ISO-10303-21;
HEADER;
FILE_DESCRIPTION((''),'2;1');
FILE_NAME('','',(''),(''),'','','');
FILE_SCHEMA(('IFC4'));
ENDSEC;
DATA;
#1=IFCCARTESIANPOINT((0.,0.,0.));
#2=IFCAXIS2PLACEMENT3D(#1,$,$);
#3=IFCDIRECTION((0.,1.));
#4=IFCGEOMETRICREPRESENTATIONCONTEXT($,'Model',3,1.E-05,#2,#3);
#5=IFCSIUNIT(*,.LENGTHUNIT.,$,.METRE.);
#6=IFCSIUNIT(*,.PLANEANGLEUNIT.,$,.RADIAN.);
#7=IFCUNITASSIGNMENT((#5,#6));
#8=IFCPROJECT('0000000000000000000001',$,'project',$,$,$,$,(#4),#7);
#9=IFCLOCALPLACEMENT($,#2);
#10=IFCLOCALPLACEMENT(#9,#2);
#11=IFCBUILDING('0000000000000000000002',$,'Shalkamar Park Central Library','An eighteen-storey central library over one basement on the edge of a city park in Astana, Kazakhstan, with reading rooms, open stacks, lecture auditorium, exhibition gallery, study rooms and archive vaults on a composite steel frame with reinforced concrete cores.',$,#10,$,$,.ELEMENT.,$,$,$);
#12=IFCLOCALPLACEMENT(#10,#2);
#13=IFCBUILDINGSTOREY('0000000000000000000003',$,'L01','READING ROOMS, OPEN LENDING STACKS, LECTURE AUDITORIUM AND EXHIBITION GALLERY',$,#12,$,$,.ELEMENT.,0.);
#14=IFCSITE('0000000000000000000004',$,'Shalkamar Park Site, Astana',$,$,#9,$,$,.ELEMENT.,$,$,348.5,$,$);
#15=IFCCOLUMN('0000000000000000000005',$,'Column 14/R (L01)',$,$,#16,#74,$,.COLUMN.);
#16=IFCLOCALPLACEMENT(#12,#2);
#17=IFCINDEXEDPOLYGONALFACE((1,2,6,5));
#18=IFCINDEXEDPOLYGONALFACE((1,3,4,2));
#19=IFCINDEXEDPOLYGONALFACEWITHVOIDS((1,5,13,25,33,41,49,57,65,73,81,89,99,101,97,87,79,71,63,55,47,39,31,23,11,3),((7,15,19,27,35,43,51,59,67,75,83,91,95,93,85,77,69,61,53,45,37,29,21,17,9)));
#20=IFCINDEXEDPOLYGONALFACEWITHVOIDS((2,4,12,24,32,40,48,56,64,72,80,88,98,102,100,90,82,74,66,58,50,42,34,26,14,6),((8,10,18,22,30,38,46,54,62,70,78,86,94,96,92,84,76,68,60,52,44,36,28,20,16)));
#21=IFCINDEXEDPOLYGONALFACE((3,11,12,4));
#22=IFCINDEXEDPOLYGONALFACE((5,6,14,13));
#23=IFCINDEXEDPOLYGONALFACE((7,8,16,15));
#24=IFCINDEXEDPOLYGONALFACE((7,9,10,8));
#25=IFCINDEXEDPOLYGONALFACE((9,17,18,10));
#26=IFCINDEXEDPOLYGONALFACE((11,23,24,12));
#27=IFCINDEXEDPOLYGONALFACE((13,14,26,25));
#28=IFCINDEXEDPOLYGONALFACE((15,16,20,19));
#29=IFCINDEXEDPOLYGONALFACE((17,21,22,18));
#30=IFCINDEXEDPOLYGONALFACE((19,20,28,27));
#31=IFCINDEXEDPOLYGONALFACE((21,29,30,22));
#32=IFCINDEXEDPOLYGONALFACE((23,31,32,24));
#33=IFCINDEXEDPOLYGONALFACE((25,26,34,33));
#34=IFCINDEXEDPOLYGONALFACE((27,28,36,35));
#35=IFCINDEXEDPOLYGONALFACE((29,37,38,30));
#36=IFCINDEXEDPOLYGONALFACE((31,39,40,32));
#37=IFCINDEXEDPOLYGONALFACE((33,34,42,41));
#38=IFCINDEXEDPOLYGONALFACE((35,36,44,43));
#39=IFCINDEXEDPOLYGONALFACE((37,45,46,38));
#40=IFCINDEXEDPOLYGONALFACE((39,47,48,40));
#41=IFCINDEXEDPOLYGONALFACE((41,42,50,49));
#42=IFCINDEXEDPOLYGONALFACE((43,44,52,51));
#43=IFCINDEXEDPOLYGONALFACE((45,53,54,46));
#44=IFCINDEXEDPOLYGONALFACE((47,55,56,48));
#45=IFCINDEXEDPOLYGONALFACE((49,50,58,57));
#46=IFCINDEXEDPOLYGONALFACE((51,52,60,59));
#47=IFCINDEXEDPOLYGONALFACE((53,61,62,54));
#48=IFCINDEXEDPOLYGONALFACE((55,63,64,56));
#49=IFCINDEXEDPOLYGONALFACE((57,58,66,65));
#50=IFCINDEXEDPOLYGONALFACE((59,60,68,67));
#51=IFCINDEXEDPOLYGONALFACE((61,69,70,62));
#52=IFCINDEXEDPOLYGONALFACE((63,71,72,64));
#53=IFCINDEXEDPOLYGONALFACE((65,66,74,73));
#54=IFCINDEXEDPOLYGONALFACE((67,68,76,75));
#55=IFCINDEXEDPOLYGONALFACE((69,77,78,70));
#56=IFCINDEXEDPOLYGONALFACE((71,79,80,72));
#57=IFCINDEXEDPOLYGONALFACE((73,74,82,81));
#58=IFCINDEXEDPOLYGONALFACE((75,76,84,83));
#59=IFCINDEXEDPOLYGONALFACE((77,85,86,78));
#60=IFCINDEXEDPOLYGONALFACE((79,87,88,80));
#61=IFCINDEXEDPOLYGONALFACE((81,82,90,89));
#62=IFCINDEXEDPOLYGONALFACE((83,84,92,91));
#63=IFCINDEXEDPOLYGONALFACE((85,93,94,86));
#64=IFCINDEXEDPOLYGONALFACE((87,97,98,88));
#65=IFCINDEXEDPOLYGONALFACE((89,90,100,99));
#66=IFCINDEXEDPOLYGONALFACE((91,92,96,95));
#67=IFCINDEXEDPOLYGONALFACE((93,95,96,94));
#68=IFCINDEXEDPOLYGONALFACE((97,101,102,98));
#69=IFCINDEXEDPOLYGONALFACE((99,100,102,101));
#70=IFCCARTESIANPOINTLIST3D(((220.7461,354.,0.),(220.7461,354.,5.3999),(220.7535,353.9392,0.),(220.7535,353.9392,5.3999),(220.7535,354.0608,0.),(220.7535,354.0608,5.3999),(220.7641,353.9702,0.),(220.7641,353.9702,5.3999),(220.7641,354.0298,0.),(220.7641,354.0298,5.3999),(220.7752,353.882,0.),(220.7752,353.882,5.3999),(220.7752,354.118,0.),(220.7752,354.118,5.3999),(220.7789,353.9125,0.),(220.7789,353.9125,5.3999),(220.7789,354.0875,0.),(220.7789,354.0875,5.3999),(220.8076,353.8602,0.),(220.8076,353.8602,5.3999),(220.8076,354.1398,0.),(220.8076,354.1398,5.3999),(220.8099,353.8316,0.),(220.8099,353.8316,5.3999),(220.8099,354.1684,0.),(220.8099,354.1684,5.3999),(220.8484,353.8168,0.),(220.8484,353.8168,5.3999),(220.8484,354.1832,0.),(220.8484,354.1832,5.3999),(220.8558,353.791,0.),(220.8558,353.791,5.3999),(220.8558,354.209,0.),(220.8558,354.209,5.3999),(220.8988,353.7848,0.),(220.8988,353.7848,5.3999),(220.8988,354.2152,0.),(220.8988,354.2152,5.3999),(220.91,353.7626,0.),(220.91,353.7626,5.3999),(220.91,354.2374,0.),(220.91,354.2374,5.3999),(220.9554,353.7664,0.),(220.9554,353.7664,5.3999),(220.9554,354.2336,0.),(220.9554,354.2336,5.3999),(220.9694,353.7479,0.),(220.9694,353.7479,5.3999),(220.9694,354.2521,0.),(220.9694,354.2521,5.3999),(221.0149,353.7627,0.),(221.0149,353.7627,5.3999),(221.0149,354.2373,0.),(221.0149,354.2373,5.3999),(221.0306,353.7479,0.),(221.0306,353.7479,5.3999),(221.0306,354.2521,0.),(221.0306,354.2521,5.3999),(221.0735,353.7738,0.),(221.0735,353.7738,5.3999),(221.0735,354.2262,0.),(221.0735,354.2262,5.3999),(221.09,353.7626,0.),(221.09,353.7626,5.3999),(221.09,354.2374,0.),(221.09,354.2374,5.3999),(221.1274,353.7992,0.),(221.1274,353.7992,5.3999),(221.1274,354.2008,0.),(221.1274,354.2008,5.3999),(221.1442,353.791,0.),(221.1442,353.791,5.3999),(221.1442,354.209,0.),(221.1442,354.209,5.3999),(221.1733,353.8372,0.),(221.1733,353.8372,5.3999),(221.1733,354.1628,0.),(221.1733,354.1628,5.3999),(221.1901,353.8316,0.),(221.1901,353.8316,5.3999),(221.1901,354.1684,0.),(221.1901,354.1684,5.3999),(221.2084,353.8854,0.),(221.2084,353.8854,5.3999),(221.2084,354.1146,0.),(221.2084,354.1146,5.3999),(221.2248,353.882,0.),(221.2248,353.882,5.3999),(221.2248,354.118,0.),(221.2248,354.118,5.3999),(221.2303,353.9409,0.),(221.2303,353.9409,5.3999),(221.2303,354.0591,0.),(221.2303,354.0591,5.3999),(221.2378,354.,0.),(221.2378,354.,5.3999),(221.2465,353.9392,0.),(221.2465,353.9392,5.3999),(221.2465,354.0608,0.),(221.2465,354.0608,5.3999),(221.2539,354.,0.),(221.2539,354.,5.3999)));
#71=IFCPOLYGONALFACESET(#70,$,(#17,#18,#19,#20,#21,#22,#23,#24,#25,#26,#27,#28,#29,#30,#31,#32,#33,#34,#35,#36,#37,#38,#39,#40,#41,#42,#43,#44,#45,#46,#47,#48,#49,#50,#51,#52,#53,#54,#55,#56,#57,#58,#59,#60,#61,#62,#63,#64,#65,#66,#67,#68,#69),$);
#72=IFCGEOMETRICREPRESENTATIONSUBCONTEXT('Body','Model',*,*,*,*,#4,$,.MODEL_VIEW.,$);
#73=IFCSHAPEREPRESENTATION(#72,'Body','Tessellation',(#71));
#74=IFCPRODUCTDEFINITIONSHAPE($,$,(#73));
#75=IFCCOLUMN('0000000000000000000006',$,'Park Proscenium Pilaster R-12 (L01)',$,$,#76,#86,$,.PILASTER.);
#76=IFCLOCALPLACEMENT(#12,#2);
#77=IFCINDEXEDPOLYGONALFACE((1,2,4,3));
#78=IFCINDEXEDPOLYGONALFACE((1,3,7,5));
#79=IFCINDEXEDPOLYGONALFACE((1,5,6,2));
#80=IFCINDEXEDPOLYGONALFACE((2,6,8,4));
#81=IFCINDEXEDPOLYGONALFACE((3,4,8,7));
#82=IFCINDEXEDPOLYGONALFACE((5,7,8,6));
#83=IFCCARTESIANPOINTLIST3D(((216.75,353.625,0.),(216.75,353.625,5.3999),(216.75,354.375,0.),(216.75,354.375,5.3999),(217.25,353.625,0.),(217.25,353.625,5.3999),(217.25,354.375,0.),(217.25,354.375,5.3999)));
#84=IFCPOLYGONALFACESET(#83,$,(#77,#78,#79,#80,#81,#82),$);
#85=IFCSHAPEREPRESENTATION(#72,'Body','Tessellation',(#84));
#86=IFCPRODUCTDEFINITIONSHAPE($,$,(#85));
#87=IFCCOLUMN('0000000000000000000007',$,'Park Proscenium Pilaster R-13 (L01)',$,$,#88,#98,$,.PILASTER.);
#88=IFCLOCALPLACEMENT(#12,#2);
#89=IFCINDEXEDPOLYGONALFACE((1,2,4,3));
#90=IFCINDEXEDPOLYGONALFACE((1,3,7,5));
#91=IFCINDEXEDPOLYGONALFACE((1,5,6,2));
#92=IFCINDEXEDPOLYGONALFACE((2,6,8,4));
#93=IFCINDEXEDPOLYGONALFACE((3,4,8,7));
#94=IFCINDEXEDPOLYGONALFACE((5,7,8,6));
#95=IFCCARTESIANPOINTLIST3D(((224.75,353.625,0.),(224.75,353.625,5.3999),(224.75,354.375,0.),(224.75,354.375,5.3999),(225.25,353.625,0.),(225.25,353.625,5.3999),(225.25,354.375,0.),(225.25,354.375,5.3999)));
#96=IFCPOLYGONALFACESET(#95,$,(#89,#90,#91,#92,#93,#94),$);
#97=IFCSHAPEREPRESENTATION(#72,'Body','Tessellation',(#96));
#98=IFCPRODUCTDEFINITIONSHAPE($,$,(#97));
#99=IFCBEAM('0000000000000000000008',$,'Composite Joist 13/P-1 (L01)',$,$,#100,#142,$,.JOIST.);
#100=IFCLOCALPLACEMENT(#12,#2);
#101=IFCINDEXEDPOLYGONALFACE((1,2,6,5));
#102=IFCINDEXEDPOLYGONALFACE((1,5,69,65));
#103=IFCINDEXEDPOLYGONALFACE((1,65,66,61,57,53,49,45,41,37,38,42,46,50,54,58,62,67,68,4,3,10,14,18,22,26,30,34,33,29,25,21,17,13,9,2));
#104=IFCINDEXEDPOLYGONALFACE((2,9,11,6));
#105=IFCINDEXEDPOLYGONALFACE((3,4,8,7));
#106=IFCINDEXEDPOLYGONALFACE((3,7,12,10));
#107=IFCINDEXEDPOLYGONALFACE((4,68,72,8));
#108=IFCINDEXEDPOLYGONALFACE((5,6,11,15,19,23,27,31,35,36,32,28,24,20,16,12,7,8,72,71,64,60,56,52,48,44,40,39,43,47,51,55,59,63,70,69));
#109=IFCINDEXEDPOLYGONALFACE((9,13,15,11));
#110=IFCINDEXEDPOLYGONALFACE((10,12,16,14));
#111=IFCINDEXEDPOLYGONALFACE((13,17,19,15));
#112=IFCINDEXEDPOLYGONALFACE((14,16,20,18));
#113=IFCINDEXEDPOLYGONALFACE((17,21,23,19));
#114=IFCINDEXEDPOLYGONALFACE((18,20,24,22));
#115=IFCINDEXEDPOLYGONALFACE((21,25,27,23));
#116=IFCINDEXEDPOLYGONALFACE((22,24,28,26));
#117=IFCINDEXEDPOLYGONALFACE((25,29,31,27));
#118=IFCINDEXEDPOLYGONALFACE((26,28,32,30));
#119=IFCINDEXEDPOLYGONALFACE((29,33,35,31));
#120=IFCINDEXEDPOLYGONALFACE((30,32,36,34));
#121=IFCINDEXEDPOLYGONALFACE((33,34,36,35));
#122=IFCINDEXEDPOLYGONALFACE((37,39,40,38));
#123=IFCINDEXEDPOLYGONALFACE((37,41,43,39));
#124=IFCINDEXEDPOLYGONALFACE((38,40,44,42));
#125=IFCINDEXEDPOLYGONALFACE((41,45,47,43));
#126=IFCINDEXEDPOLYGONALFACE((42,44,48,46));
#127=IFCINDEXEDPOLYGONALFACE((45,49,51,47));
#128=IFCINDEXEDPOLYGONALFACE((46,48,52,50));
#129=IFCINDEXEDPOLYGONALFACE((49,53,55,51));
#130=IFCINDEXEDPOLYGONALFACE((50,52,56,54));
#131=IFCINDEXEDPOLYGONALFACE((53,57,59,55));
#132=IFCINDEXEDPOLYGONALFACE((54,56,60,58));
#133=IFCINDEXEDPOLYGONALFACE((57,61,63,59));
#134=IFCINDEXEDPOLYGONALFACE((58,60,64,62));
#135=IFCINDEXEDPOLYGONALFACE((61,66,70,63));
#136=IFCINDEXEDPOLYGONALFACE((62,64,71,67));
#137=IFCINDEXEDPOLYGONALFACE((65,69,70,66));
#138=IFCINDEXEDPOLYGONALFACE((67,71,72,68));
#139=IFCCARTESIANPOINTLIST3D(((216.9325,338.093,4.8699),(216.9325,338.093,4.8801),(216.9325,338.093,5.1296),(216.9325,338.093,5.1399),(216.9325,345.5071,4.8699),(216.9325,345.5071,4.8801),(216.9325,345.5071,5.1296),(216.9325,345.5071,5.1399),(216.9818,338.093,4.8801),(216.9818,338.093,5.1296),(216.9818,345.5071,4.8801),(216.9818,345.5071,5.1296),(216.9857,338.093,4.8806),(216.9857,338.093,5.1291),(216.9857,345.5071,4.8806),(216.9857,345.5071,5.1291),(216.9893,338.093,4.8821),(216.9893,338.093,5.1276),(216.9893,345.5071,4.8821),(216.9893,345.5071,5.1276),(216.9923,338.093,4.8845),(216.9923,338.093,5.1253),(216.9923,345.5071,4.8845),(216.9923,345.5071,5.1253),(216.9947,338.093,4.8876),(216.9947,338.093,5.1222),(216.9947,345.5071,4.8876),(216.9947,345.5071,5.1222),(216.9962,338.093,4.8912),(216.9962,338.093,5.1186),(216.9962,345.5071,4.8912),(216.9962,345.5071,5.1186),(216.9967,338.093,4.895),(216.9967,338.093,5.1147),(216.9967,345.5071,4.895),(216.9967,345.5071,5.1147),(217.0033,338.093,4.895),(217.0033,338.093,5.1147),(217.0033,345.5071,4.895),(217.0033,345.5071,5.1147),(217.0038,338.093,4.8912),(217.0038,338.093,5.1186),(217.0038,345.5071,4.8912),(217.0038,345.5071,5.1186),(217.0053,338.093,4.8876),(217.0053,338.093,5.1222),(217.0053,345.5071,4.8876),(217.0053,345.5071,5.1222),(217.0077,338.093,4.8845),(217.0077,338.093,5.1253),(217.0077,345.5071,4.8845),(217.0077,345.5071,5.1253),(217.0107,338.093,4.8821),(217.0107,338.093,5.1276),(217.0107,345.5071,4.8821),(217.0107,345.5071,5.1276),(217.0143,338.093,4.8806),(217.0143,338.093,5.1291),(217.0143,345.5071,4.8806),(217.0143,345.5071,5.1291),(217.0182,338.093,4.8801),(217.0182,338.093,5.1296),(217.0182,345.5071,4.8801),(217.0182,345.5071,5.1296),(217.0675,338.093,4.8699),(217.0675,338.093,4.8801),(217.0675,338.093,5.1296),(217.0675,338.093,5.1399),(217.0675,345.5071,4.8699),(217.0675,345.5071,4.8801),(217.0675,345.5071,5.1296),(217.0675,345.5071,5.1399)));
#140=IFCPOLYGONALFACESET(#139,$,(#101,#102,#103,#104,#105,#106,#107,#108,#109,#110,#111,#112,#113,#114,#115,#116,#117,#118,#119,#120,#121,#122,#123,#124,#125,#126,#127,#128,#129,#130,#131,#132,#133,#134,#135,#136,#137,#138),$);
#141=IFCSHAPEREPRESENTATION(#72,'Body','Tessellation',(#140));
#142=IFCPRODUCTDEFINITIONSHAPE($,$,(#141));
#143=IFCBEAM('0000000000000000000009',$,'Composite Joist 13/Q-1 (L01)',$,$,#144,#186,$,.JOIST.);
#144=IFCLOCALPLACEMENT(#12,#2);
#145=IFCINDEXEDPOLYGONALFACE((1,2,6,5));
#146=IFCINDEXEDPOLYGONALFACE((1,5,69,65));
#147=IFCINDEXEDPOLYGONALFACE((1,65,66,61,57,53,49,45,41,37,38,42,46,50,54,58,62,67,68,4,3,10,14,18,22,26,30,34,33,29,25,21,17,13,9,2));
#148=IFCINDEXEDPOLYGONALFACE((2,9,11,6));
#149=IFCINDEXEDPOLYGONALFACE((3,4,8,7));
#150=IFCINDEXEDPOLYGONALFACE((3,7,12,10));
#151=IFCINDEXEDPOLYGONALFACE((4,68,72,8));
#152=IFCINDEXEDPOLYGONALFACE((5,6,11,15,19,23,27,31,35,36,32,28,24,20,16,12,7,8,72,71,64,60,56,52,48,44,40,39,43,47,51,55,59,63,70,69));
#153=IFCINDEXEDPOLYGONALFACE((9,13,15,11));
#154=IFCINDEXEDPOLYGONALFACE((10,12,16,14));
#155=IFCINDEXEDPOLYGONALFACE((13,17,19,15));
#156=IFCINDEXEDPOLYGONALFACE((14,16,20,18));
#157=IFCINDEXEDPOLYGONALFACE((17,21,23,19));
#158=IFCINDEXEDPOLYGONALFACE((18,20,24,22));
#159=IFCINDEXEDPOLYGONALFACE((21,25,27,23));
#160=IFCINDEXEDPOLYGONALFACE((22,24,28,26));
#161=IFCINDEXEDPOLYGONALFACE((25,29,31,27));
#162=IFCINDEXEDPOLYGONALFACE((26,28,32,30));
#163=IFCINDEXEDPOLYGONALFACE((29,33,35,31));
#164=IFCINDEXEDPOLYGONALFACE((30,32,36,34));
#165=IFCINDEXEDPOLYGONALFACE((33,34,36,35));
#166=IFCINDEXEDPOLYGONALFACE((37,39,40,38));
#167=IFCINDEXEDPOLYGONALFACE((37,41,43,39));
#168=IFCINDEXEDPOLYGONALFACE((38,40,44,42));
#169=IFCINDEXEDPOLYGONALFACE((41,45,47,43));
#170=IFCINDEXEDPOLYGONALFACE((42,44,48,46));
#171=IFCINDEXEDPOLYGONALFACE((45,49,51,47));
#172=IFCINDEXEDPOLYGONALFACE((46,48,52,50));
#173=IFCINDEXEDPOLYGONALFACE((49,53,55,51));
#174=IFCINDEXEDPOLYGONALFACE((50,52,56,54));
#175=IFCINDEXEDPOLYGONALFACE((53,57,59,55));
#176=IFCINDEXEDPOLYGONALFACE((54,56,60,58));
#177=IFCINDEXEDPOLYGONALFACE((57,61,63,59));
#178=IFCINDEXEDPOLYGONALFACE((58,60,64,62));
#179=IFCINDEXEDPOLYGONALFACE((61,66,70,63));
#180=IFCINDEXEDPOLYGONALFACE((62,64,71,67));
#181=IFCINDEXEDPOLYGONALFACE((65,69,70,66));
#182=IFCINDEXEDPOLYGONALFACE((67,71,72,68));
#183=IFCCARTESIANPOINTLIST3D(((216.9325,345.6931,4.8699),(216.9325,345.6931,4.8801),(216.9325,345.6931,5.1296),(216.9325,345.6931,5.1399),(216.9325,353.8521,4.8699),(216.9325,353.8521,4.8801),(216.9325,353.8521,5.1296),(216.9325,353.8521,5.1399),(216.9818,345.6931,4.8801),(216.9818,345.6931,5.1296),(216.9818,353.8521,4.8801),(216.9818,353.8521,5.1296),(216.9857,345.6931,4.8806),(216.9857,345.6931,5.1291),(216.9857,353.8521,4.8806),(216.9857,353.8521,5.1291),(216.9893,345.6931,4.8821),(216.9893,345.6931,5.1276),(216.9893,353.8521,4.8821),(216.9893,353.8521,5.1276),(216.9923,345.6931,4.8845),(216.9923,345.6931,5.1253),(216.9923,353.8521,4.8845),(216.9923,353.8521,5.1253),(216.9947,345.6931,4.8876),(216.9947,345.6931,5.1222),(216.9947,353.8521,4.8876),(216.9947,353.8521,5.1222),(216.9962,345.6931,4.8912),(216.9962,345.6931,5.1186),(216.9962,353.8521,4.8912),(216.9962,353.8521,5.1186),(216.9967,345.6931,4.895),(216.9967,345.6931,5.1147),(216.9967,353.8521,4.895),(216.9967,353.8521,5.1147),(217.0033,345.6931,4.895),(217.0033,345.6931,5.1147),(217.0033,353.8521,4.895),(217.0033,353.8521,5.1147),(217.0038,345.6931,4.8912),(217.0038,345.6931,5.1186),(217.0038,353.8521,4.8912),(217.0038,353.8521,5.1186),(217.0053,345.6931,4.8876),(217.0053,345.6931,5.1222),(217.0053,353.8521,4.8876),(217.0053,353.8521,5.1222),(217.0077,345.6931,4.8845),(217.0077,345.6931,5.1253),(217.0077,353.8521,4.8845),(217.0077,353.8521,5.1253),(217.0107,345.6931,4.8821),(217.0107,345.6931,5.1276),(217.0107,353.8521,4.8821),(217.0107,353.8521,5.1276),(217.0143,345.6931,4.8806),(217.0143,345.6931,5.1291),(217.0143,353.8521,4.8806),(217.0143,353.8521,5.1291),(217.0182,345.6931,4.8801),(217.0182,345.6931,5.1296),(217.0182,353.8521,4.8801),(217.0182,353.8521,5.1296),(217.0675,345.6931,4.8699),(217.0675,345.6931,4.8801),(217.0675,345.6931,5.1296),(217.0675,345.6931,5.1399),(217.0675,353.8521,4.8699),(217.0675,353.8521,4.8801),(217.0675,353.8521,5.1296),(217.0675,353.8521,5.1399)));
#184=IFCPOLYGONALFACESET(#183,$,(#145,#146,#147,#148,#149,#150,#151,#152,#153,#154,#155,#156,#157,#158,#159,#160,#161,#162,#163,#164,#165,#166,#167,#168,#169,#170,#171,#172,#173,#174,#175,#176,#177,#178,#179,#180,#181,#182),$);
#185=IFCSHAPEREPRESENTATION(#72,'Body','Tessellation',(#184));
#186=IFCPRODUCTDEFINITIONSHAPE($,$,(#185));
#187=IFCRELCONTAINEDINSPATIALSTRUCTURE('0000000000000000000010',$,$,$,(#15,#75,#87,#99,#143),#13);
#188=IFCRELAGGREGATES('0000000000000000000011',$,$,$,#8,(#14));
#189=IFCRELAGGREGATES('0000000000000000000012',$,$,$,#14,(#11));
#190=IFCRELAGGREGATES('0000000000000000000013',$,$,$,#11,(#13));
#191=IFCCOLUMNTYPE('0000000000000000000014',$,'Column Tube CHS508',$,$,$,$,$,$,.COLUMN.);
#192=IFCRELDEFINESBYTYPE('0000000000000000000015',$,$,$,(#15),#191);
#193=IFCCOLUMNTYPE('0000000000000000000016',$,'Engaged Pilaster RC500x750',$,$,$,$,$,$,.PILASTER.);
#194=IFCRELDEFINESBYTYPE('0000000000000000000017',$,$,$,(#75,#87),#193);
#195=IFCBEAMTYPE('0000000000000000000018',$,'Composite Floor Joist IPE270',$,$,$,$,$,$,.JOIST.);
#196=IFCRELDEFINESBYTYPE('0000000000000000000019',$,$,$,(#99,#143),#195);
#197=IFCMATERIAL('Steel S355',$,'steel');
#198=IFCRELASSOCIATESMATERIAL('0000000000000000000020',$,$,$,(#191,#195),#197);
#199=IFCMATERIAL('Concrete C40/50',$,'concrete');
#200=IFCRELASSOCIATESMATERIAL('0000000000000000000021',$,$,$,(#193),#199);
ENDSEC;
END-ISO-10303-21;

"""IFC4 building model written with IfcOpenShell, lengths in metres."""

from ifc_helpers import new_model, si_unit, direction, frame, origin, origin_2d, place, context, subcontext, project, spatial, rectangle, hollow_circle, i_section, extrude, material, material_profile, profile_set, type_object, element, save


model = new_model("IFC4")

# Units and contexts
model_context = context("Model", 3, precision=1e-05, world=origin(), true_north=direction((0.0, 1.0)))
body_context = subcontext(model_context, "Body", "Model", "MODEL_VIEW")
ifc_project = project(units=[si_unit("LENGTHUNIT", "METRE"), si_unit("PLANEANGLEUNIT", "RADIAN")], contexts=[model_context])

# Site, building, storey
site_placement = place(None, origin())
site = spatial("IfcSite", under=ifc_project, at=site_placement, Name="Shalkamar Park Site, Astana", CompositionType="ELEMENT", RefElevation=348.5)
building_placement = place(site_placement, origin())
building = spatial("IfcBuilding", under=site, at=building_placement, Name="Shalkamar Park Central Library", Description="An eighteen-storey central library over one basement on the edge of a city park in Astana, Kazakhstan, with reading rooms, open stacks, lecture auditorium, exhibition gallery, study rooms and archive vaults on a composite steel frame with reinforced concrete cores.", CompositionType="ELEMENT")
storey_placement = place(building_placement, origin())
storey = spatial("IfcBuildingStorey", under=building, at=storey_placement, Name="L01", Description="READING ROOMS, OPEN LENDING STACKS, LECTURE AUDITORIUM AND EXHIBITION GALLERY", CompositionType="ELEMENT", Elevation=0.0)

# Columns
ifc_material_1 = material(Name="Steel S355", Category="steel")
ifc_material_profile_1 = material_profile(ifc_material_1, hollow_circle(Radius=0.2539, WallThickness=0.0161, at=origin_2d()), Name="CHS 508x16")
ifc_profile_set_1 = profile_set([ifc_material_profile_1], Name="Steel S355")
column_type_1 = type_object("IfcColumnType", Name="Column Tube CHS508", PredefinedType="COLUMN", material=ifc_profile_set_1)
column_1_placement = place(storey_placement, frame((221.0, 354.0, 0.0), z_axis=(0.0, 0.0, 1.0), x_axis=(1.0, 0.0, 0.0)))
element("IfcColumn", 1, at=column_1_placement, inside=storey, type_object=column_type_1, Name="Column 14/R (L01)", PredefinedType="COLUMN", context=body_context, shape_type="SweptSolid", body=[
    extrude(hollow_circle(Radius=0.2539, WallThickness=0.0161, at=origin_2d()), origin(), (0.0, 0.0, 1.0), 5.3999),
])
ifc_material_2 = material(Name="Concrete C40/50", Category="concrete")
ifc_material_profile_2 = material_profile(ifc_material_2, rectangle(XDim=0.5, YDim=0.75, at=origin_2d()), Name="RC 500x750")
ifc_profile_set_2 = profile_set([ifc_material_profile_2], Name="Concrete C40/50")
column_type_2 = type_object("IfcColumnType", Name="Engaged Pilaster RC500x750", PredefinedType="PILASTER", material=ifc_profile_set_2)
for number, where, z_axis, x_axis, name in (
    (2, (217.0, 354.0, 0.0), (0.0, 0.0, 1.0), (1.0, 0.0, 0.0), "Park Proscenium Pilaster R-12 (L01)"),
    (3, (225.0, 354.0, 0.0), (0.0, 0.0, 1.0), (1.0, 0.0, 0.0), "Park Proscenium Pilaster R-13 (L01)"),
):
    element("IfcColumn", number, at=place(storey_placement, frame(where, z_axis=z_axis, x_axis=x_axis)), inside=storey, type_object=column_type_2, Name=name, PredefinedType="PILASTER", context=body_context, shape_type="SweptSolid", body=[
        extrude(rectangle(XDim=0.5, YDim=0.75, at=origin_2d()), origin(), (0.0, 0.0, 1.0), 5.3999),
    ])

# Beams
ifc_material_profile_3 = material_profile(ifc_material_1, i_section(OverallWidth=0.135, OverallDepth=0.27, WebThickness=0.0066, FlangeThickness=0.0103, FilletRadius=0.0149, at=origin_2d()), Name="IPE 270")
ifc_profile_set_3 = profile_set([ifc_material_profile_3], Name="Steel S355")
beam_type_1 = type_object("IfcBeamType", Name="Composite Floor Joist IPE270", PredefinedType="JOIST", material=ifc_profile_set_3)
beam_1_placement = place(storey_placement, frame((217.0, 338.093, 5.0049), z_axis=(0.0, 1.0, 0.0), x_axis=(-1.0, 0.0, 0.0)))
element("IfcBeam", 4, at=beam_1_placement, inside=storey, type_object=beam_type_1, Name="Composite Joist 13/P-1 (L01)", PredefinedType="JOIST", context=body_context, shape_type="SweptSolid", body=[
    extrude(i_section(OverallWidth=0.135, OverallDepth=0.27, WebThickness=0.0066, FlangeThickness=0.0103, FilletRadius=0.0149, at=origin_2d()), origin(), (0.0, 0.0, 1.0), 7.4141),
])
beam_2_placement = place(storey_placement, frame((217.0, 345.6931, 5.0049), z_axis=(0.0, 1.0, 0.0), x_axis=(-1.0, 0.0, 0.0)))
element("IfcBeam", 5, at=beam_2_placement, inside=storey, type_object=beam_type_1, Name="Composite Joist 13/Q-1 (L01)", PredefinedType="JOIST", context=body_context, shape_type="SweptSolid", body=[
    extrude(i_section(OverallWidth=0.135, OverallDepth=0.27, WebThickness=0.0066, FlangeThickness=0.0103, FilletRadius=0.0149, at=origin_2d()), origin(), (0.0, 0.0, 1.0), 8.1589),
])

save(model, "model.ifc")
